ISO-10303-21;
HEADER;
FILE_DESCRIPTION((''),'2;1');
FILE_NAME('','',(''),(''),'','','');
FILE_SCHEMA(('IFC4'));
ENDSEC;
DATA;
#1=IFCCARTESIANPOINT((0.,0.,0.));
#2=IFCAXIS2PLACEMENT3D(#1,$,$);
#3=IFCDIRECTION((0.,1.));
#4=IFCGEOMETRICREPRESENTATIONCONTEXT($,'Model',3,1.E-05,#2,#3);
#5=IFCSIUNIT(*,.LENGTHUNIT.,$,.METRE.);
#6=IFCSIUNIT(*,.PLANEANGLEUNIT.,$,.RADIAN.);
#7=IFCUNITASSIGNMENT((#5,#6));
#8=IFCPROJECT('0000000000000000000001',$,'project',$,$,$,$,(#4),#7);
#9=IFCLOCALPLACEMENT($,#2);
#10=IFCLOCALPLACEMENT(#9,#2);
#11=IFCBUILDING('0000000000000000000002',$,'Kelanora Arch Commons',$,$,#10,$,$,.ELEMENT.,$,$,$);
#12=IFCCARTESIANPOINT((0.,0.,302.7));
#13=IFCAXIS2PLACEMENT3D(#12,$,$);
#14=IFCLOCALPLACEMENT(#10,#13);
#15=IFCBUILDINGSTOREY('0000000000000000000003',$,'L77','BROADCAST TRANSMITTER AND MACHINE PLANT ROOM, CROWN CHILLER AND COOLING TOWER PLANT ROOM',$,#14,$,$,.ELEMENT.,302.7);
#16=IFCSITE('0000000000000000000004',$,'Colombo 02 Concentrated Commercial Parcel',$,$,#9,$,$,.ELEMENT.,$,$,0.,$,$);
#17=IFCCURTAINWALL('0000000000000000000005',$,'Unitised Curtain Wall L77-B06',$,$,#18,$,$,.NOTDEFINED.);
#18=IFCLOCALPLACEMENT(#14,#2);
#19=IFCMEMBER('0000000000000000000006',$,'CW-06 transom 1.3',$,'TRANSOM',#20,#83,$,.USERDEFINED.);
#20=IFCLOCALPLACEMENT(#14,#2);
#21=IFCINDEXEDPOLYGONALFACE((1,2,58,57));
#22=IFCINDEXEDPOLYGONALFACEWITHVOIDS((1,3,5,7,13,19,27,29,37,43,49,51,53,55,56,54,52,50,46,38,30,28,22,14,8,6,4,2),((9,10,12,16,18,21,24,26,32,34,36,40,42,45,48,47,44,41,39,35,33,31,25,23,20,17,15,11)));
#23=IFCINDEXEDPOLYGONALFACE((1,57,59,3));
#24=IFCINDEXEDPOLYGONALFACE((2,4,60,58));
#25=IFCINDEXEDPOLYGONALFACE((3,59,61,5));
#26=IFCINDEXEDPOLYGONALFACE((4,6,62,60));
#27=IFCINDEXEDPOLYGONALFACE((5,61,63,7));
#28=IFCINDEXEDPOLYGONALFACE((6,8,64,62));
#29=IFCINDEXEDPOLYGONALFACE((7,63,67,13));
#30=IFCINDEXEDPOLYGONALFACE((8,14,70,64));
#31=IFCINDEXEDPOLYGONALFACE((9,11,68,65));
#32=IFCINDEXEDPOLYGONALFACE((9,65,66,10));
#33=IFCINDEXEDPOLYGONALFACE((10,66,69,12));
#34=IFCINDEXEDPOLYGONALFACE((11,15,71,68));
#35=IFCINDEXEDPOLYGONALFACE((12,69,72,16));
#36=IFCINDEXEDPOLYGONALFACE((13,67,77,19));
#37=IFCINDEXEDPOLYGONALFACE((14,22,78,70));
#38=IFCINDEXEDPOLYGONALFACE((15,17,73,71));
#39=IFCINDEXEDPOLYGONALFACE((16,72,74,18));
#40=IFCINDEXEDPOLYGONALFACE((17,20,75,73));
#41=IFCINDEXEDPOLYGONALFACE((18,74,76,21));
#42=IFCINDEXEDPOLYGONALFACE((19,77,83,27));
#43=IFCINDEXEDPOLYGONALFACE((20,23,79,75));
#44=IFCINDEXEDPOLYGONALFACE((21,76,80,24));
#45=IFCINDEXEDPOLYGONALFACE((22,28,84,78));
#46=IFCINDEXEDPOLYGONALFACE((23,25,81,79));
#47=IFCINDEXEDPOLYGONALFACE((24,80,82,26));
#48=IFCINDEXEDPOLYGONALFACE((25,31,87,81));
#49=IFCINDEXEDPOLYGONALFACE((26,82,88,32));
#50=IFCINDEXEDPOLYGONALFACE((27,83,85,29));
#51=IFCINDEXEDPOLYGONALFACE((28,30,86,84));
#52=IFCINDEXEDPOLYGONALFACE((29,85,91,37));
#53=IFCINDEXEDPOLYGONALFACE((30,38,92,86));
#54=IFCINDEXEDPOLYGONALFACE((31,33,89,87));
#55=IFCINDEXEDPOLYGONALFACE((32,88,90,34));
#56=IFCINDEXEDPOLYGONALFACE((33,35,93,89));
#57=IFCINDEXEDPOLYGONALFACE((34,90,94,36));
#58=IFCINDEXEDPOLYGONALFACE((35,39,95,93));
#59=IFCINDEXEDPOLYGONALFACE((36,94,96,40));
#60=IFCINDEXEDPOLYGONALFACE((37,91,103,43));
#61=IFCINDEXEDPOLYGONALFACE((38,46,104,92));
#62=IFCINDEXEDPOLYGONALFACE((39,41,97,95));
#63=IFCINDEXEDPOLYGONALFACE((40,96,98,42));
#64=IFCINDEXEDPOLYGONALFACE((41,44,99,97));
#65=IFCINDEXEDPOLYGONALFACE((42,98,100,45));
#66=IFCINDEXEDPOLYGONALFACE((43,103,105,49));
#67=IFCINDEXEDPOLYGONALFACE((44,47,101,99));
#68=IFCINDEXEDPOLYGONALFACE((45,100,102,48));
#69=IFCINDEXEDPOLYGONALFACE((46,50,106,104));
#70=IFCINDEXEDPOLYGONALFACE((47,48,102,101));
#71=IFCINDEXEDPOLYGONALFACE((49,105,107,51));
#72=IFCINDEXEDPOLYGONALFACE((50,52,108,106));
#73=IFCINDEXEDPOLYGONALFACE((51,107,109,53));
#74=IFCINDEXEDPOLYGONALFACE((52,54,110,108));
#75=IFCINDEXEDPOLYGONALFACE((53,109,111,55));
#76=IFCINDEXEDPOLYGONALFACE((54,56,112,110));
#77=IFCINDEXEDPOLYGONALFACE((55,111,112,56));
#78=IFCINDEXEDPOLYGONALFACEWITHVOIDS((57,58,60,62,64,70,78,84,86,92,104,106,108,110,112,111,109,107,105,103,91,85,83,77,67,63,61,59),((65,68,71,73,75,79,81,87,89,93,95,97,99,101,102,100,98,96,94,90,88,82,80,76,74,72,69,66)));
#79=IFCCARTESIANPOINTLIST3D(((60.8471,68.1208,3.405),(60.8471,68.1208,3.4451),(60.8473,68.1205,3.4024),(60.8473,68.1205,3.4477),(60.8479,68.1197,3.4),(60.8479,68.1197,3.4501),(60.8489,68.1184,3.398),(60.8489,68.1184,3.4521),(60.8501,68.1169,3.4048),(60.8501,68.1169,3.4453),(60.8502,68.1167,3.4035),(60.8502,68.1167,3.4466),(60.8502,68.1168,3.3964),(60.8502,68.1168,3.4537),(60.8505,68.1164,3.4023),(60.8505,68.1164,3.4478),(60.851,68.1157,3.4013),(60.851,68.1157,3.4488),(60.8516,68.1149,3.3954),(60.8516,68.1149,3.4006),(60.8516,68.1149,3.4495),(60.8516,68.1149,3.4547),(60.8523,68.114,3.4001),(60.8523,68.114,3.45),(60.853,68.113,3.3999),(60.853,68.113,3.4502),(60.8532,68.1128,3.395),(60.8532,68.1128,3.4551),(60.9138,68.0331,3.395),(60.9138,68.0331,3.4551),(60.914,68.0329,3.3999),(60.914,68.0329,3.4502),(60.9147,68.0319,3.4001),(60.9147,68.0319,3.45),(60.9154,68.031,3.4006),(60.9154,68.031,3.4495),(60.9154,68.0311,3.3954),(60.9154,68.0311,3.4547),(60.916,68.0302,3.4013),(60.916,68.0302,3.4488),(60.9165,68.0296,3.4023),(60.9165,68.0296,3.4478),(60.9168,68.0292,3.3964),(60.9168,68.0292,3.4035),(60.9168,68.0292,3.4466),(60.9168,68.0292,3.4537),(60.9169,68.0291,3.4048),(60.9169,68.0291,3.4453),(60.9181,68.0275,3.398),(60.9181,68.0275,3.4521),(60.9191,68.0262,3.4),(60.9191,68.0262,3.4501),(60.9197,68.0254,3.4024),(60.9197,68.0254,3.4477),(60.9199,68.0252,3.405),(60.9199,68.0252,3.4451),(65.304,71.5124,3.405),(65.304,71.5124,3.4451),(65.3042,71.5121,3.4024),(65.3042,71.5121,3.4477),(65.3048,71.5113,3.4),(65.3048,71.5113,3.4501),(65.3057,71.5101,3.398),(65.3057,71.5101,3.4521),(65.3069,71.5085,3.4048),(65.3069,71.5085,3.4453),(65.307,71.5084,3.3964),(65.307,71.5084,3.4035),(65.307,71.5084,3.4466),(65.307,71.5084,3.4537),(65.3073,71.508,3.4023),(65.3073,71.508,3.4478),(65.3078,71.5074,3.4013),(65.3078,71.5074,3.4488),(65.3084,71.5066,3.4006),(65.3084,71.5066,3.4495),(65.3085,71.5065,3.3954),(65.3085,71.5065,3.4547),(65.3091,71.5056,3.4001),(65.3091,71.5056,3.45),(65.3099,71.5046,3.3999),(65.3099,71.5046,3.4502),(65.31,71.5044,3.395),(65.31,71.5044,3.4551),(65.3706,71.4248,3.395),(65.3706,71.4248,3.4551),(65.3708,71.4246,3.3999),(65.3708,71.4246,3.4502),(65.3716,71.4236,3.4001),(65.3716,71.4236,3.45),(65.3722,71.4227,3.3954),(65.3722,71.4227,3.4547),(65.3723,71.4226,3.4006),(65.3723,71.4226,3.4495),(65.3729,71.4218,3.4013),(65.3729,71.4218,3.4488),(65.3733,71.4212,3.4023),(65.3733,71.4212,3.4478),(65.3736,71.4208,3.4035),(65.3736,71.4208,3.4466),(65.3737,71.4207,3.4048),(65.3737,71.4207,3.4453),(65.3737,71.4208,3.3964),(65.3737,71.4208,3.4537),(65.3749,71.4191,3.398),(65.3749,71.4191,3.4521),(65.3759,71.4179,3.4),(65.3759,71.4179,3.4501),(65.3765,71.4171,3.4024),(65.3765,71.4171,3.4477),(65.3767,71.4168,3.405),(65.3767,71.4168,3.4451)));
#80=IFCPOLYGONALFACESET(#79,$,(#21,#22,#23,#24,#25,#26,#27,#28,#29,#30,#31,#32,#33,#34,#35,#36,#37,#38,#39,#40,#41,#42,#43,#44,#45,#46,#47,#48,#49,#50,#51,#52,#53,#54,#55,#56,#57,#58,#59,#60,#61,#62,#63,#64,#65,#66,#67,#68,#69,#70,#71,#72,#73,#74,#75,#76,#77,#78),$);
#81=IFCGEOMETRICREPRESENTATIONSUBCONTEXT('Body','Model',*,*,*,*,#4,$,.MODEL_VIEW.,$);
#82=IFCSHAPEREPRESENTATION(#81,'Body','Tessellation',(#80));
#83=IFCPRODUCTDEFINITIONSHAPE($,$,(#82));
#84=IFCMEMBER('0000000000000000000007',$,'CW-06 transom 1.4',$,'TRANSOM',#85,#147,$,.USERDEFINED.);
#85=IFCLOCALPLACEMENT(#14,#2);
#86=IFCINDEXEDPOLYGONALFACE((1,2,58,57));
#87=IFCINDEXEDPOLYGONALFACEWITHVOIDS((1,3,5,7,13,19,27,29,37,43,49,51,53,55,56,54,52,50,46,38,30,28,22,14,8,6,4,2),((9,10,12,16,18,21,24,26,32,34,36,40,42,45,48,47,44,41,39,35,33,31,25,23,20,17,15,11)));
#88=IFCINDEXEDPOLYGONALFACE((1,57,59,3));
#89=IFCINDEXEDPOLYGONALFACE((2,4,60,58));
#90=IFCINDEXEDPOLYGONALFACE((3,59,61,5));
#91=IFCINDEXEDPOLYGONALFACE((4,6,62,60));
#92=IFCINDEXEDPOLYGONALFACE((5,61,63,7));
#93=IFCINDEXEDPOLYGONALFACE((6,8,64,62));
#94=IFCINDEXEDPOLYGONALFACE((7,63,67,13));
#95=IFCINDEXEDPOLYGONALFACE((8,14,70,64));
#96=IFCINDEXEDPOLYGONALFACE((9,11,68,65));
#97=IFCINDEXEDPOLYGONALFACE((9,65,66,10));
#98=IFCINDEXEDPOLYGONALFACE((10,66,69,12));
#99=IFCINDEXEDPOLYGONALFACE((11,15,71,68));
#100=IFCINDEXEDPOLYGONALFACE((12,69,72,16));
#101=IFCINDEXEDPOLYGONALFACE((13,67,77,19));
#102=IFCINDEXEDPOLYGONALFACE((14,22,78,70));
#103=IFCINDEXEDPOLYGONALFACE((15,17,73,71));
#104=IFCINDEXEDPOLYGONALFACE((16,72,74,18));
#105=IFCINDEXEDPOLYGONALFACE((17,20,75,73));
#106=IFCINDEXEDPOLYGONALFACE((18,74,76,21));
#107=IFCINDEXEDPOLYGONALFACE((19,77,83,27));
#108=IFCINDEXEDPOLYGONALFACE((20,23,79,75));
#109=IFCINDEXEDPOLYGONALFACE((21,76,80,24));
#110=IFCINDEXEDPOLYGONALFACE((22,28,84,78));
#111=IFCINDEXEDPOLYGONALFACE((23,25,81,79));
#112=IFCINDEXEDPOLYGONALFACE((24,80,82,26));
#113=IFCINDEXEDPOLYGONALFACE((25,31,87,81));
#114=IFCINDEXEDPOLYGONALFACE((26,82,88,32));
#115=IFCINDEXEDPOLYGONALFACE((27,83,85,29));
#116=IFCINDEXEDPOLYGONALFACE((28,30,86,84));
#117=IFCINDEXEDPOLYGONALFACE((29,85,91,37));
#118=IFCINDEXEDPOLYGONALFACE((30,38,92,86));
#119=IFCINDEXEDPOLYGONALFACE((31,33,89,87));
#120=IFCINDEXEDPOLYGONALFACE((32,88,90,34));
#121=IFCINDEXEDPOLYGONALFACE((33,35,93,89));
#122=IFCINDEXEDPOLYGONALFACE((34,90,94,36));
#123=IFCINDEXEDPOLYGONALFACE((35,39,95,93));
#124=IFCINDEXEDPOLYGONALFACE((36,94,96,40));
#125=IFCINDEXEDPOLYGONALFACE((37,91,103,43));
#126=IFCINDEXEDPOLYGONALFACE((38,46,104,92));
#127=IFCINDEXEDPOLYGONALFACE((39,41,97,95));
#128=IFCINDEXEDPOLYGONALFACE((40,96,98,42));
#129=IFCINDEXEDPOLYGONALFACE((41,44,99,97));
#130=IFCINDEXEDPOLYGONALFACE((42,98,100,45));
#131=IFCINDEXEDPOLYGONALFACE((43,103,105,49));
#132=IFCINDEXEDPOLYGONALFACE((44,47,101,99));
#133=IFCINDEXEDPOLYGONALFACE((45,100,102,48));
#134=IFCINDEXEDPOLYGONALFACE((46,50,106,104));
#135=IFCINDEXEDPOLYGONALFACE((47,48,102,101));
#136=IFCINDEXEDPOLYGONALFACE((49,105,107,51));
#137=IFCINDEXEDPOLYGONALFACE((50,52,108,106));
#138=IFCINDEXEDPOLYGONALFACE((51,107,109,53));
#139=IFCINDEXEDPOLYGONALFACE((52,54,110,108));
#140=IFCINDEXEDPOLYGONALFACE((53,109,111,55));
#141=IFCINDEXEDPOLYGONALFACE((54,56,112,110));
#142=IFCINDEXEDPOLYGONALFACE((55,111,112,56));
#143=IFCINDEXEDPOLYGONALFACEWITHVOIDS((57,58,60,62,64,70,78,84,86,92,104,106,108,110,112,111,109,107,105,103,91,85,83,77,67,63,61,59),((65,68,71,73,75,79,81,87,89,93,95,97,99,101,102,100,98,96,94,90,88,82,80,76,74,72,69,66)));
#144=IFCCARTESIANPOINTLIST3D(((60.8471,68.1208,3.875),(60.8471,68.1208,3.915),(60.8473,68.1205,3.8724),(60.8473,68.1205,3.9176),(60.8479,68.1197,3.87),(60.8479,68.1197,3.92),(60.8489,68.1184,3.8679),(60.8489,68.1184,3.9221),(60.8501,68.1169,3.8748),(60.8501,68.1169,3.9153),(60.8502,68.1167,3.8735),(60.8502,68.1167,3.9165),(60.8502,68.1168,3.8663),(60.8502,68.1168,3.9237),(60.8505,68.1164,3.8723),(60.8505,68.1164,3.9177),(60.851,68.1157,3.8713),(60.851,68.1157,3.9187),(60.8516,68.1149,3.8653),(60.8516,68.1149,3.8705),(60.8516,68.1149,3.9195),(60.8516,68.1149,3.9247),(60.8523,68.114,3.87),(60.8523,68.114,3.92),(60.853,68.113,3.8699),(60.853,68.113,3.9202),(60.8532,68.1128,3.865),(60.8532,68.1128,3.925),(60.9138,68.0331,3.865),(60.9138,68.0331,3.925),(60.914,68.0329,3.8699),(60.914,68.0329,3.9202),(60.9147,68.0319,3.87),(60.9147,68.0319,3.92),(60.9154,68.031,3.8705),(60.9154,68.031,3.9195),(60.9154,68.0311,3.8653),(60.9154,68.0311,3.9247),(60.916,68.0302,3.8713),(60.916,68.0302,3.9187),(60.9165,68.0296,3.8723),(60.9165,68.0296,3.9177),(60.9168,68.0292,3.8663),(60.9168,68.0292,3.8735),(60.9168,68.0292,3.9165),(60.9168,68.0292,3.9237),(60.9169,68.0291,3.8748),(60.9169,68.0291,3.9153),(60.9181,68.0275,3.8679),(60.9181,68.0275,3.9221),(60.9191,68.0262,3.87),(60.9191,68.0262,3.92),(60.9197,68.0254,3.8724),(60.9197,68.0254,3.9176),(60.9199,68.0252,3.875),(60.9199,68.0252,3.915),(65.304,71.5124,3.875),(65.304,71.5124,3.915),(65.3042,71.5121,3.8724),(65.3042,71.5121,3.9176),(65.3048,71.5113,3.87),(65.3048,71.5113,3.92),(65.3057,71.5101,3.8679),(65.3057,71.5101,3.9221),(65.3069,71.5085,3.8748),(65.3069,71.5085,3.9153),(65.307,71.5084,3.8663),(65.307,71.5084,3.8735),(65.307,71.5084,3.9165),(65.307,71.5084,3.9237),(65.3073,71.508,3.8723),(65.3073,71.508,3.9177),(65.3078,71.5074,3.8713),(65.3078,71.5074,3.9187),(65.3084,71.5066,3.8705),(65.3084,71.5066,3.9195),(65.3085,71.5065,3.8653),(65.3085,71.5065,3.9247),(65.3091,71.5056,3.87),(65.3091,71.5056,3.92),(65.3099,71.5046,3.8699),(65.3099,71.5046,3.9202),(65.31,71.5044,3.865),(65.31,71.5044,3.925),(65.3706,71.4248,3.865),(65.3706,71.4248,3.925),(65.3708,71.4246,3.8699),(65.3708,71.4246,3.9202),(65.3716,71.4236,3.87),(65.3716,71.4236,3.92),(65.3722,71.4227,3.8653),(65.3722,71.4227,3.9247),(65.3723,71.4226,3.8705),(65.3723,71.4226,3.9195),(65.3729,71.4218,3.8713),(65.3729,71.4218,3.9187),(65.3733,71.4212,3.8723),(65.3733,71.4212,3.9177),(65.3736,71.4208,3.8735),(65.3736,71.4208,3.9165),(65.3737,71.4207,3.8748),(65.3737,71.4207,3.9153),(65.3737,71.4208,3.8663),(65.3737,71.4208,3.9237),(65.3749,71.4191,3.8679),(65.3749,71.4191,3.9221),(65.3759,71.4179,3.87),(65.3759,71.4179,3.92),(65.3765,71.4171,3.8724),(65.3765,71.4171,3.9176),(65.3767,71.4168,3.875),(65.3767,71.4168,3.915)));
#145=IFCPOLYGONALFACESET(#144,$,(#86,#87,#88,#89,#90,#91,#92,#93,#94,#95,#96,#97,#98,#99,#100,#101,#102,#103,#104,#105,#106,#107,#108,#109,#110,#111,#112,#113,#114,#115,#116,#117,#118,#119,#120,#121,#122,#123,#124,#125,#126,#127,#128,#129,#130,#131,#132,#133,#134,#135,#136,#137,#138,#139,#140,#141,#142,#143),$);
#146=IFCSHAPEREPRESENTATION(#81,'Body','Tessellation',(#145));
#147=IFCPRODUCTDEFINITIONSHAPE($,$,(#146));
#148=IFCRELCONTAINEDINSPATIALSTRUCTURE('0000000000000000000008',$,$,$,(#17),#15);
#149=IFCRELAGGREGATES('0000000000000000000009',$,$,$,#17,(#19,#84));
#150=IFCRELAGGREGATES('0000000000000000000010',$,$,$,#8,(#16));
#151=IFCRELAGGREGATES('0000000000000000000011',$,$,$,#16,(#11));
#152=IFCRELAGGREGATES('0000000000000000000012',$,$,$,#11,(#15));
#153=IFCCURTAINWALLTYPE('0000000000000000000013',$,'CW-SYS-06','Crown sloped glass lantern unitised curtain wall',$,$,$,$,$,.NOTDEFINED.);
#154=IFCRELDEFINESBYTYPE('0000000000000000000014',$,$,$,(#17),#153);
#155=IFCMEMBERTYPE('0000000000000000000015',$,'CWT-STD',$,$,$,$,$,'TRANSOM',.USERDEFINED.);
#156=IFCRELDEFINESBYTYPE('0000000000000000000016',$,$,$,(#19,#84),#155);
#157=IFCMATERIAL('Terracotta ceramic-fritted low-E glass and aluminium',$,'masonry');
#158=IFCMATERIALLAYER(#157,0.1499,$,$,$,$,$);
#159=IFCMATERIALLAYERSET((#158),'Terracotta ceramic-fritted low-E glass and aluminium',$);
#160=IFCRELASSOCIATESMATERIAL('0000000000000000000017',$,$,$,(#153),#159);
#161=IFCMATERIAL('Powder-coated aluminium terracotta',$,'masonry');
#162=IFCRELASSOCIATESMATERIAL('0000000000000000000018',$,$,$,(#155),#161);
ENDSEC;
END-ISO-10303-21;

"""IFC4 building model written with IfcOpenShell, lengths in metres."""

from ifc_helpers import new_model, si_unit, direction, frame, origin, origin_2d, place, context, subcontext, project, spatial, hollow_rectangle, extrude, material, layer, layer_set, material_profile, profile_set, type_object, element, aggregate, save


model = new_model("IFC4")

# Units and contexts
model_context = context("Model", 3, precision=1e-05, world=origin(), true_north=direction((0.0, 1.0)))
body_context = subcontext(model_context, "Body", "Model", "MODEL_VIEW")
ifc_project = project(units=[si_unit("LENGTHUNIT", "METRE"), si_unit("PLANEANGLEUNIT", "RADIAN")], contexts=[model_context])

# Site, building, storey
site_placement = place(None, origin())
site = spatial("IfcSite", under=ifc_project, at=site_placement, Name="Colombo 02 Concentrated Commercial Parcel", CompositionType="ELEMENT", RefElevation=0.0)
building_placement = place(site_placement, origin())
building = spatial("IfcBuilding", under=site, at=building_placement, Name="Kelanora Arch Commons", CompositionType="ELEMENT")
storey_placement = place(building_placement, frame((0.0, 0.0, 302.7)))
storey = spatial("IfcBuildingStorey", under=building, at=storey_placement, Name="L77", Description="BROADCAST TRANSMITTER AND MACHINE PLANT ROOM, CROWN CHILLER AND COOLING TOWER PLANT ROOM", CompositionType="ELEMENT", Elevation=302.7)

# Shared definitions
ifc_material_1 = material(Name="Terracotta ceramic-fritted low-E glass and aluminium", Category="masonry")
ifc_layer_1 = layer(ifc_material_1, 0.1499)
ifc_layer_set_1 = layer_set([ifc_layer_1], Name="Terracotta ceramic-fritted low-E glass and aluminium")
curtain_wall_type = type_object("IfcCurtainWallType", Name="CW-SYS-06", Description="Crown sloped glass lantern unitised curtain wall", PredefinedType="NOTDEFINED", material=ifc_layer_set_1)
ifc_material_2 = material(Name="Powder-coated aluminium terracotta", Category="masonry")

# Curtain wall
curtain_wall_1_placement = place(storey_placement, origin())
curtain_wall_1 = element("IfcCurtainWall", 1, at=curtain_wall_1_placement, inside=storey, type_object=curtain_wall_type, Name="Unitised Curtain Wall L77-B06", PredefinedType="NOTDEFINED")

# Members
ifc_material_profile_1 = material_profile(ifc_material_2, hollow_rectangle(XDim=0.1201, YDim=0.0601, WallThickness=0.0049, InnerFilletRadius=0.0049, OuterFilletRadius=0.01, at=origin_2d()), Name="CWT120x60")
ifc_profile_set_1 = profile_set([ifc_material_profile_1], Name="Powder-coated aluminium terracotta")
member_type_1 = type_object("IfcMemberType", Name="CWT-STD", ElementType="TRANSOM", PredefinedType="USERDEFINED", material=ifc_profile_set_1)
member_1_placement = place(storey_placement, frame((65.3403, 71.4646, 3.425), z_axis=(-0.79578, -0.605586, 0.0), x_axis=(0.605586, -0.79578, 0.0)))
member_1 = element("IfcMember", 2, at=member_1_placement, type_object=member_type_1, Name="CW-06 transom 1.3", ObjectType="TRANSOM", PredefinedType="USERDEFINED", context=body_context, shape_type="SweptSolid", body=[
    extrude(hollow_rectangle(XDim=0.1201, YDim=0.0601, WallThickness=0.0049, InnerFilletRadius=0.0049, OuterFilletRadius=0.01, at=origin_2d()), origin(), (0.0, 0.0, 1.0), 5.6006),
])
member_2_placement = place(storey_placement, frame((65.3403, 71.4646, 3.895), z_axis=(-0.79578, -0.605586, 0.0), x_axis=(0.605586, -0.79578, 0.0)))
member_2 = element("IfcMember", 3, at=member_2_placement, type_object=member_type_1, Name="CW-06 transom 1.4", ObjectType="TRANSOM", PredefinedType="USERDEFINED", context=body_context, shape_type="SweptSolid", body=[
    extrude(hollow_rectangle(XDim=0.1201, YDim=0.0601, WallThickness=0.0049, InnerFilletRadius=0.0049, OuterFilletRadius=0.01, at=origin_2d()), origin(), (0.0, 0.0, 1.0), 5.6006),
])

aggregate(curtain_wall_1, [member_1, member_2])

save(model, "model.ifc")
